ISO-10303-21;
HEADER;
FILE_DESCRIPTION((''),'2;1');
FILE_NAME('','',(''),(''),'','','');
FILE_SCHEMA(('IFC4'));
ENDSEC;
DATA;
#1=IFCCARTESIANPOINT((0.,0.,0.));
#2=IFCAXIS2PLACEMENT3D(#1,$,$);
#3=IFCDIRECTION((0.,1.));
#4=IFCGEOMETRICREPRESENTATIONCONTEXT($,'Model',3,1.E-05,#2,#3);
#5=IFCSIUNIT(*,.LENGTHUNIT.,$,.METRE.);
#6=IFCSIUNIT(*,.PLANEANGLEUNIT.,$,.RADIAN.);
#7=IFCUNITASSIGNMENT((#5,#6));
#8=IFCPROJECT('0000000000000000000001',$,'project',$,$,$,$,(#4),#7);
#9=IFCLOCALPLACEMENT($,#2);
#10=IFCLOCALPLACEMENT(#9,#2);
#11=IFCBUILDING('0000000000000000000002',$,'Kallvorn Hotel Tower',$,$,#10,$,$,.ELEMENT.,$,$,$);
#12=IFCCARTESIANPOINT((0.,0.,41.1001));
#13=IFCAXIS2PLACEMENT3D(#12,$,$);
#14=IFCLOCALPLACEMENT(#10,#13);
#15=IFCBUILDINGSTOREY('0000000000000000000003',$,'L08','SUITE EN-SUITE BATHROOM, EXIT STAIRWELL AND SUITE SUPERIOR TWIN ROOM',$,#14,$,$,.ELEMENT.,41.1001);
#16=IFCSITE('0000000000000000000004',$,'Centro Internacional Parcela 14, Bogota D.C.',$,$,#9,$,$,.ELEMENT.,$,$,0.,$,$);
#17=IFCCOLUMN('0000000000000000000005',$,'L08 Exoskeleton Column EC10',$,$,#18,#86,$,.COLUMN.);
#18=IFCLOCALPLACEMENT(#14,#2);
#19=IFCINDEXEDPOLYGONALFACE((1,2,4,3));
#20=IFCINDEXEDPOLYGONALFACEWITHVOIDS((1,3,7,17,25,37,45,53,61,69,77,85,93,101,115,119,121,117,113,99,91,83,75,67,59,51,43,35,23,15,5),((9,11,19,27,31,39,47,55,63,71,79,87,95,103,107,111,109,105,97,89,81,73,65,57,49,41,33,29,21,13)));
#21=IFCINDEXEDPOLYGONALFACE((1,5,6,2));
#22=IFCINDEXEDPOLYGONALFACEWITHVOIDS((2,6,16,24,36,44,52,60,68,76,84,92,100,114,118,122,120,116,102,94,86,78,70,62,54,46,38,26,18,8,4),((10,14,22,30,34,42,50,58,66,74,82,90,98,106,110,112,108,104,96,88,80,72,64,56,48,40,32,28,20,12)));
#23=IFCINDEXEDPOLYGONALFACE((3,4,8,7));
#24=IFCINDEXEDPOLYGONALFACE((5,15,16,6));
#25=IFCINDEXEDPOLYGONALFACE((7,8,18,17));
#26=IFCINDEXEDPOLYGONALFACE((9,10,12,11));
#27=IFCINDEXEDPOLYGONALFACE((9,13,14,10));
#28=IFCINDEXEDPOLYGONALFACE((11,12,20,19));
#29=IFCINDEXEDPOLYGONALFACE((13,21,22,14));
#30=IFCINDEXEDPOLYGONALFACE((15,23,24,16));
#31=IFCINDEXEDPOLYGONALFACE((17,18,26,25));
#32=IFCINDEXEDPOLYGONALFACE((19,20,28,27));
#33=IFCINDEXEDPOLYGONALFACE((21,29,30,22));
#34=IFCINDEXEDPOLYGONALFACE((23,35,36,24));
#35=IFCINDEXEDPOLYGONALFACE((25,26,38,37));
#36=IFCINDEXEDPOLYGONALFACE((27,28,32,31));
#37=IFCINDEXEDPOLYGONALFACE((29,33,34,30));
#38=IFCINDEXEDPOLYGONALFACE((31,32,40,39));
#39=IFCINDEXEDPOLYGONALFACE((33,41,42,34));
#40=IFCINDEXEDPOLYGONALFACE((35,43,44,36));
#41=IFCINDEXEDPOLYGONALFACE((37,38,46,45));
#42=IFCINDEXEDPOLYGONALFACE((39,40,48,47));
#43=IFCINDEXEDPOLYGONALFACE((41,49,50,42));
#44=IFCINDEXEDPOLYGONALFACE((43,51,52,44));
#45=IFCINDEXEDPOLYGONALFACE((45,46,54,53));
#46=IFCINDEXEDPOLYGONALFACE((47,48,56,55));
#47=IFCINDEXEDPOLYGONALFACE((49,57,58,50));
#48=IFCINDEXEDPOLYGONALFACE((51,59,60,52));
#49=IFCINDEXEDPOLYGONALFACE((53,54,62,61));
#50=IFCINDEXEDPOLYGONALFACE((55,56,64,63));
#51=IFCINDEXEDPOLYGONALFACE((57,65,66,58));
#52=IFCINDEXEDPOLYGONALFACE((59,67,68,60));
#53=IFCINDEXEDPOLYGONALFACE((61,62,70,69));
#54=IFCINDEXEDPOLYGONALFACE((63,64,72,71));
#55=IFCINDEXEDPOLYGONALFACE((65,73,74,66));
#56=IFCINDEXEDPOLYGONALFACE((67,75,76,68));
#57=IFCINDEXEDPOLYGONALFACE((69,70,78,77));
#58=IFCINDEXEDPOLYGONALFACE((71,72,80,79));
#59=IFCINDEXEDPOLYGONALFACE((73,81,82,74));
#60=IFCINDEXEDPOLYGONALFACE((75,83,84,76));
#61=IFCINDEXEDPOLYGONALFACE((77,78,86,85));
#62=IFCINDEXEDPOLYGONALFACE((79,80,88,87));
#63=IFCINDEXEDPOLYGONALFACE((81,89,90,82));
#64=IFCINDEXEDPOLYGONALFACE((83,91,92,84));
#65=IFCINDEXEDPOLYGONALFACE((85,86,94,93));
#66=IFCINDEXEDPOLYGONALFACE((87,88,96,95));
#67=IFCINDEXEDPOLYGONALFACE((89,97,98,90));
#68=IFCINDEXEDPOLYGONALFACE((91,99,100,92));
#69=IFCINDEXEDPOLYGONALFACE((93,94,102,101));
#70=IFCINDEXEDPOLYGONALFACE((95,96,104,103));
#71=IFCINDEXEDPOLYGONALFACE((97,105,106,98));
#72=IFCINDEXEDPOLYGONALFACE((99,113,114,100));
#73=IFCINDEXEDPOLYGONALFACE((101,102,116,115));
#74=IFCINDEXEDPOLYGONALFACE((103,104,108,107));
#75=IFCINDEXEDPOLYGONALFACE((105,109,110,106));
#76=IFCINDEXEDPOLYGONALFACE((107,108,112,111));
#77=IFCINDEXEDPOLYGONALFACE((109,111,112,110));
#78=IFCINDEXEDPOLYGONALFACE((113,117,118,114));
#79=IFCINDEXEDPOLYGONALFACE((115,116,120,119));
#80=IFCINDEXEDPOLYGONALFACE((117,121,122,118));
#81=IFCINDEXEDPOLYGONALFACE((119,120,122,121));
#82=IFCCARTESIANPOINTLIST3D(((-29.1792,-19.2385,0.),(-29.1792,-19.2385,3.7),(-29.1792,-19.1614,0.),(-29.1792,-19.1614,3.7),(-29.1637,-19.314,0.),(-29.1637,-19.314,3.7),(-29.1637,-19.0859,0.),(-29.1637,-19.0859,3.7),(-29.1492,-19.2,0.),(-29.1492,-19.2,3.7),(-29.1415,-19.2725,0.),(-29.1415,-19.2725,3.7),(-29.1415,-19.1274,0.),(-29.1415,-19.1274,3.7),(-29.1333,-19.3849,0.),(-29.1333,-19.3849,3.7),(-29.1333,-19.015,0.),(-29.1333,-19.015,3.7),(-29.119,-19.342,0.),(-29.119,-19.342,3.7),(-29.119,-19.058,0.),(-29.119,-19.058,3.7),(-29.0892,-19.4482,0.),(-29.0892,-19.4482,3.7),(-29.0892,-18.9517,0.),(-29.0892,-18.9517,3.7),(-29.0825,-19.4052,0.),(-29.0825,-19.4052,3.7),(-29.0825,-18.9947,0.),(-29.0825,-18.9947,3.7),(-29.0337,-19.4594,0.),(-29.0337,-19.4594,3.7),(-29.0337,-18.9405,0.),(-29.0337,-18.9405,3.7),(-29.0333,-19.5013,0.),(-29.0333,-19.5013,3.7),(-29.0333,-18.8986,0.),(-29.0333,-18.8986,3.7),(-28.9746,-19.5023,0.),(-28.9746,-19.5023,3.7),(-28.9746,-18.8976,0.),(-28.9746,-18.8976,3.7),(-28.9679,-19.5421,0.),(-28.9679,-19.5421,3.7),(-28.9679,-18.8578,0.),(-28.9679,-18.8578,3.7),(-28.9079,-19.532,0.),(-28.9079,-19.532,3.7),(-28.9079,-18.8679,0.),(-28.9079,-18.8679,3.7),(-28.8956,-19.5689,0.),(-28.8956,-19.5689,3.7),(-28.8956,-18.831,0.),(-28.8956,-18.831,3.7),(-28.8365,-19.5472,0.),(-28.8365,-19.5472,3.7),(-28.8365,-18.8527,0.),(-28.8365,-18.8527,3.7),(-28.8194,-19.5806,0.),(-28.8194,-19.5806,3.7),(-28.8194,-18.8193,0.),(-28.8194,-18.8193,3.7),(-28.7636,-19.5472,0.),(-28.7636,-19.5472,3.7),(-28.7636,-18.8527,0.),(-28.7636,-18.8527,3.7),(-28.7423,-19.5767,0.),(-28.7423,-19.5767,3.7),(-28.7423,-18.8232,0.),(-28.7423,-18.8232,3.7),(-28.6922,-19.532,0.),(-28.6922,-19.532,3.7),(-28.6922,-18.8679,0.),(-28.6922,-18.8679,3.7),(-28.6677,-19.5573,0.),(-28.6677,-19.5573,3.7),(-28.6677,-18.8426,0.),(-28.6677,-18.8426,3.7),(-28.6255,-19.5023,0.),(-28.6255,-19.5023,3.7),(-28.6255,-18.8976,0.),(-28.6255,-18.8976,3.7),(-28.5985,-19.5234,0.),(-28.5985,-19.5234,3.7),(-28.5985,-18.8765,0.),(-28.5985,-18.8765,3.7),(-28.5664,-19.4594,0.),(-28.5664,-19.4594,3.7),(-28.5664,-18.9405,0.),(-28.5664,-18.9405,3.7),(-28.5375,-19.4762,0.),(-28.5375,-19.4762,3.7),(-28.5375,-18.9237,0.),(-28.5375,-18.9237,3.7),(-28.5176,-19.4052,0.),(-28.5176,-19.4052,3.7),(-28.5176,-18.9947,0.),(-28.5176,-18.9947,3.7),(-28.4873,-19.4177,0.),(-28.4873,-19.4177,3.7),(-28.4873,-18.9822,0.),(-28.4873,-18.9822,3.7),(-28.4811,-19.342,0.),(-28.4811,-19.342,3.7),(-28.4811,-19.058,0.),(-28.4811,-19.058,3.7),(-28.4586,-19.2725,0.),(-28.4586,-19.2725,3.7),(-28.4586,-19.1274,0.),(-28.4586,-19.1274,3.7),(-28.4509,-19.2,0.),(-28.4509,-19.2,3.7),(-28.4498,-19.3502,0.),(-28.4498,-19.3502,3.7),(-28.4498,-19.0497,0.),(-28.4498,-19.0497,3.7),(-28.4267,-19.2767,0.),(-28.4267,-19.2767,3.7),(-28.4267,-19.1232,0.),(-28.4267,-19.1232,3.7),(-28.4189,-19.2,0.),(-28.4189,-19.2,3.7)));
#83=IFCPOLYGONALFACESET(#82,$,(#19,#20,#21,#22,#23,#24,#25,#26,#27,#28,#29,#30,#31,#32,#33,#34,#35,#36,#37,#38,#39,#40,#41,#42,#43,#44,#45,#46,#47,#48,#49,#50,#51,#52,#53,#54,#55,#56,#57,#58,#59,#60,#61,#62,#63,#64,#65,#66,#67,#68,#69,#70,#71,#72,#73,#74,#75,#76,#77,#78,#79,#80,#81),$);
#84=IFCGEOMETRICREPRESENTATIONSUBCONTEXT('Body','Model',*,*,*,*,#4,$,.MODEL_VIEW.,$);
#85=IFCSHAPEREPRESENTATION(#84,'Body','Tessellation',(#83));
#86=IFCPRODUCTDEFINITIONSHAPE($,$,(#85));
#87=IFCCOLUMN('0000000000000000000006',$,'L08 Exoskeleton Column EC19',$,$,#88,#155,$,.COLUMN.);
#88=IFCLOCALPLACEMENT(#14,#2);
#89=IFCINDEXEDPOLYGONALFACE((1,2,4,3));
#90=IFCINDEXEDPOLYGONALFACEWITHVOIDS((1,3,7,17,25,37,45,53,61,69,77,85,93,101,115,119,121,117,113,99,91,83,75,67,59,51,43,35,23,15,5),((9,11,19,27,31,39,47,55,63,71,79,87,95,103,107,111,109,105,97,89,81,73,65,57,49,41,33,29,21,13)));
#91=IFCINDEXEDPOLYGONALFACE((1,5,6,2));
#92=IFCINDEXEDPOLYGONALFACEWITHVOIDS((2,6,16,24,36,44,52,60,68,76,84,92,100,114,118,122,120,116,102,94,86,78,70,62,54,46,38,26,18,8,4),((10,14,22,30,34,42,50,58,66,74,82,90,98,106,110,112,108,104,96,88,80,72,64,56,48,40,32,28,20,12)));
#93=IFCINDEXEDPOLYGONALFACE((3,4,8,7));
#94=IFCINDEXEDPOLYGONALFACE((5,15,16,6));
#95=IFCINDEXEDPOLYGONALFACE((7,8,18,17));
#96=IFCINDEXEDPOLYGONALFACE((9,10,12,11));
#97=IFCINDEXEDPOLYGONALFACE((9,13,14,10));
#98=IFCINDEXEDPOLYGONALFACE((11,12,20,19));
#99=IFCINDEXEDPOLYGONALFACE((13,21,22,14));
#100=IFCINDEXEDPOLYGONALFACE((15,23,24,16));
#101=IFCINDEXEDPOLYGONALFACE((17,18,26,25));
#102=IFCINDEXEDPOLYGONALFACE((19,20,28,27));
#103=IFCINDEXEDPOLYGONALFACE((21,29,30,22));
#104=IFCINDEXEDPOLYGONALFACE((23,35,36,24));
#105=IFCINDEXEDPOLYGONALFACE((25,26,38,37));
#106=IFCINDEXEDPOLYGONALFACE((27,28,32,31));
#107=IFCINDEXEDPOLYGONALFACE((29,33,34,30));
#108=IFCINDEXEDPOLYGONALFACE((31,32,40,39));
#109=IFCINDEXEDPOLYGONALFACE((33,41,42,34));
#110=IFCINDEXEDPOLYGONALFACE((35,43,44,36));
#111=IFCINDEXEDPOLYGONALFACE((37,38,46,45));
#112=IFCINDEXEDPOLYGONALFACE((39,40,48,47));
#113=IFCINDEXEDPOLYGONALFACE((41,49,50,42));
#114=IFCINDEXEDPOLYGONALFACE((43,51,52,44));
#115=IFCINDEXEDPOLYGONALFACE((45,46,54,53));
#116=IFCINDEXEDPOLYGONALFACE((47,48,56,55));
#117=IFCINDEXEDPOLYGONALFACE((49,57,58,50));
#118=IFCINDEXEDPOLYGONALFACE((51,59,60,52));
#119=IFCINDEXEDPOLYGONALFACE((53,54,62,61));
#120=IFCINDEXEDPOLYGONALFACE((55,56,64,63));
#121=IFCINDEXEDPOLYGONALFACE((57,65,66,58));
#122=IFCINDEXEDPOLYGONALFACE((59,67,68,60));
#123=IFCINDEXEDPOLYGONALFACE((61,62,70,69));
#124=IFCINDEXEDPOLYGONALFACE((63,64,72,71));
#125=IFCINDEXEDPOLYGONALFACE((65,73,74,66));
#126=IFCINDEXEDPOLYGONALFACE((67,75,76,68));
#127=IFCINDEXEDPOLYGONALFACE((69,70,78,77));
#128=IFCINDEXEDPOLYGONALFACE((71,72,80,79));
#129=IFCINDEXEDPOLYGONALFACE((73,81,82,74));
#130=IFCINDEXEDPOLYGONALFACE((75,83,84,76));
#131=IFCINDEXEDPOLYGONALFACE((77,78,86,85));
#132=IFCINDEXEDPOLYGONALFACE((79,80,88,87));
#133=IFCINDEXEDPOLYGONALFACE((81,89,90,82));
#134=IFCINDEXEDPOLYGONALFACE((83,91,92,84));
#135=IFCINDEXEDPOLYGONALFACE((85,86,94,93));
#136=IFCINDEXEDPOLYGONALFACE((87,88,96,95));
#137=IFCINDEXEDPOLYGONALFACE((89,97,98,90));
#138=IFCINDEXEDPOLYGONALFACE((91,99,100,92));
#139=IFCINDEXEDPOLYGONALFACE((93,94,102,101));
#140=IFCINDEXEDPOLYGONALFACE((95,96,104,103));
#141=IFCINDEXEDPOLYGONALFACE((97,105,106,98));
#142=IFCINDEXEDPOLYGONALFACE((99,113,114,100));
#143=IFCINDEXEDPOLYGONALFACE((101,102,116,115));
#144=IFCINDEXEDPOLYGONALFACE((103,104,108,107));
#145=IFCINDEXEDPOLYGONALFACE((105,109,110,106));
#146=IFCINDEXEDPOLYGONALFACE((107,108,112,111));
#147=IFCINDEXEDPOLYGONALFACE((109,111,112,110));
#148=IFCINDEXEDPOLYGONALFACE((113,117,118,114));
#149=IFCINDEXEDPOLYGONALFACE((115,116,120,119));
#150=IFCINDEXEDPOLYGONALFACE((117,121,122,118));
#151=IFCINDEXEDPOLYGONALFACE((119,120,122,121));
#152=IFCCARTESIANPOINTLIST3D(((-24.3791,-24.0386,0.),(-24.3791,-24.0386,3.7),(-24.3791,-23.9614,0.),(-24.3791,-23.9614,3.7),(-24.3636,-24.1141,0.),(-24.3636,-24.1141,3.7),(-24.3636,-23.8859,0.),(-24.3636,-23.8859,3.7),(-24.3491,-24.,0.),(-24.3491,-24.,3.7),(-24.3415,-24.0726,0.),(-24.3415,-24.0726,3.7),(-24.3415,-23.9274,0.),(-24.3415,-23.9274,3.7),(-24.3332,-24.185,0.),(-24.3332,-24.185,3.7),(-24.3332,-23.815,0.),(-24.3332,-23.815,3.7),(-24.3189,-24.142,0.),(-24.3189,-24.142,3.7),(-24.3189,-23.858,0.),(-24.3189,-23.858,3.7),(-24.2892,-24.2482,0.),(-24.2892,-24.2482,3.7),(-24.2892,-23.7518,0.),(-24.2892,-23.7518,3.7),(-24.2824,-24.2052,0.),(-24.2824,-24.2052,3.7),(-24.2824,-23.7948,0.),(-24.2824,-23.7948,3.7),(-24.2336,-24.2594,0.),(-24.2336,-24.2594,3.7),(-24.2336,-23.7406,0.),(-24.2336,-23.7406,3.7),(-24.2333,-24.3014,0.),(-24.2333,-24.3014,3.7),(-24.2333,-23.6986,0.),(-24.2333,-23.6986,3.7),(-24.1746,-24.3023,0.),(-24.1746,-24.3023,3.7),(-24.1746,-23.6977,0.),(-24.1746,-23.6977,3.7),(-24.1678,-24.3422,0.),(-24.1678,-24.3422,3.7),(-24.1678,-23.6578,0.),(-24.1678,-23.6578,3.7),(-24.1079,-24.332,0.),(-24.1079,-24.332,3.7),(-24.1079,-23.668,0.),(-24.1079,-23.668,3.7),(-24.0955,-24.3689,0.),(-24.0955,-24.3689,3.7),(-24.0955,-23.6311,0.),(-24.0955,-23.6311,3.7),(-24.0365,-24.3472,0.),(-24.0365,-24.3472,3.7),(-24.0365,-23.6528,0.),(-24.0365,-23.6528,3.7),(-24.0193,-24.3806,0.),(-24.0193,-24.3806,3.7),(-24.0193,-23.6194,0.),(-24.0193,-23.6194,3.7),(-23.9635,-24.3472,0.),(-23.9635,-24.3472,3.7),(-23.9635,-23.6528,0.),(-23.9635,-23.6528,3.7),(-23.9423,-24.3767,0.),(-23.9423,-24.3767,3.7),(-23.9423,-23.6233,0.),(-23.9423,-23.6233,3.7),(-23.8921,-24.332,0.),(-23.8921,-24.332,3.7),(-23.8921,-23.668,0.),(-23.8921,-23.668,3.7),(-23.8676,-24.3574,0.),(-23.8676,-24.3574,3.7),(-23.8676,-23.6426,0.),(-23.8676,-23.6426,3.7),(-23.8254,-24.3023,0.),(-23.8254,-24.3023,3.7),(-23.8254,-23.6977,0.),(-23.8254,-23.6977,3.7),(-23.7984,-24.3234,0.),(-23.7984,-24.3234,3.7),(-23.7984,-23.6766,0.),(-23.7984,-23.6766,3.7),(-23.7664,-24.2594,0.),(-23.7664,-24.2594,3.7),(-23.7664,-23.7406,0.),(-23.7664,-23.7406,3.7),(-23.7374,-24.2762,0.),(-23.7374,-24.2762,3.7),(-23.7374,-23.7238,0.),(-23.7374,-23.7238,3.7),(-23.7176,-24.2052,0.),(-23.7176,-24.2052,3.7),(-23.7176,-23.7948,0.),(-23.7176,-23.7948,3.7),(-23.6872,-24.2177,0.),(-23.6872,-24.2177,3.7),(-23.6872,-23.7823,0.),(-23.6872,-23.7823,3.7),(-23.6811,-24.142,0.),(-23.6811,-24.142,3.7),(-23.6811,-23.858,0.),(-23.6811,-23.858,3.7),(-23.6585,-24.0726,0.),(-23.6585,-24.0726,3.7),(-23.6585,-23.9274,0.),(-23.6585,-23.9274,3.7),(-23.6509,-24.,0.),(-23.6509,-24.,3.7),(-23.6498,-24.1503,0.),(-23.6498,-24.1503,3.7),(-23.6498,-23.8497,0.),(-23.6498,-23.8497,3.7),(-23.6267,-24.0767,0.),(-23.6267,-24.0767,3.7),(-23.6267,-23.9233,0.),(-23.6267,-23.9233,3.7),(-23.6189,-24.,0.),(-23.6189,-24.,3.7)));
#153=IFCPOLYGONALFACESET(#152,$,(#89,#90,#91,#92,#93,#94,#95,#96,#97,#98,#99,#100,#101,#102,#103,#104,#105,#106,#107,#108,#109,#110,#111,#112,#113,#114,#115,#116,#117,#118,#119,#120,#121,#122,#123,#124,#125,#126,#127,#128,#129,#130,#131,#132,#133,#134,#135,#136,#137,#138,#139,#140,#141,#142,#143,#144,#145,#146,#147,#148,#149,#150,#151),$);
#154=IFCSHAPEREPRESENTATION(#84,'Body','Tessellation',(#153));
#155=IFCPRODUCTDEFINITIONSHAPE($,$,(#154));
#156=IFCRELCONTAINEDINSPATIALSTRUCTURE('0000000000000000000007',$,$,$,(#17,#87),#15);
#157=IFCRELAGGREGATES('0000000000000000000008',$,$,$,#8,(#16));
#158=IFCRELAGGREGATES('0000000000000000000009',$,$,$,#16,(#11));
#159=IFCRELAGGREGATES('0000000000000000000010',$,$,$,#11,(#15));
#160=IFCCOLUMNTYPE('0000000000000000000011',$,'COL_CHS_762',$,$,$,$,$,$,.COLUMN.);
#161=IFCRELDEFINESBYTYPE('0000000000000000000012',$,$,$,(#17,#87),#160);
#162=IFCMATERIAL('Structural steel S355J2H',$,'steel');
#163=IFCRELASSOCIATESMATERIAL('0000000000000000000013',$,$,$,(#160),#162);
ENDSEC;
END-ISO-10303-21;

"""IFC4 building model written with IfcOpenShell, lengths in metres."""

from ifc_helpers import new_model, si_unit, direction, frame, origin, origin_2d, place, context, subcontext, project, spatial, hollow_circle, extrude, material, material_profile, profile_set, type_object, element, save


model = new_model("IFC4")

# Units and contexts
model_context = context("Model", 3, precision=1e-05, world=origin(), true_north=direction((0.0, 1.0)))
body_context = subcontext(model_context, "Body", "Model", "MODEL_VIEW")
ifc_project = project(units=[si_unit("LENGTHUNIT", "METRE"), si_unit("PLANEANGLEUNIT", "RADIAN")], contexts=[model_context])

# Site, building, storey
site_placement = place(None, origin())
site = spatial("IfcSite", under=ifc_project, at=site_placement, Name="Centro Internacional Parcela 14, Bogota D.C.", CompositionType="ELEMENT", RefElevation=0.0)
building_placement = place(site_placement, origin())
building = spatial("IfcBuilding", under=site, at=building_placement, Name="Kallvorn Hotel Tower", CompositionType="ELEMENT")
storey_placement = place(building_placement, frame((0.0, 0.0, 41.1001)))
storey = spatial("IfcBuildingStorey", under=building, at=storey_placement, Name="L08", Description="SUITE EN-SUITE BATHROOM, EXIT STAIRWELL AND SUITE SUPERIOR TWIN ROOM", CompositionType="ELEMENT", Elevation=41.1001)

# Columns
ifc_material_1 = material(Name="Structural steel S355J2H", Category="steel")
ifc_material_profile_1 = material_profile(ifc_material_1, hollow_circle(Radius=0.3811, WallThickness=0.032, at=origin_2d()), Name="CHS 762x32")
ifc_profile_set_1 = profile_set([ifc_material_profile_1], Name="Structural steel S355J2H")
column_type = type_object("IfcColumnType", Name="COL_CHS_762", PredefinedType="COLUMN", material=ifc_profile_set_1)
for number, where, z_axis, x_axis, name in (
    (1, (-28.8, -19.2, 0.0), (0.0, 0.0, 1.0), (1.0, 0.0, 0.0), "L08 Exoskeleton Column EC10"),
    (2, (-24.0, -24.0, 0.0), (0.0, 0.0, 1.0), (1.0, 0.0, 0.0), "L08 Exoskeleton Column EC19"),
):
    element("IfcColumn", number, at=place(storey_placement, frame(where, z_axis=z_axis, x_axis=x_axis)), inside=storey, type_object=column_type, Name=name, PredefinedType="COLUMN", context=body_context, shape_type="SweptSolid", body=[
        extrude(hollow_circle(Radius=0.3811, WallThickness=0.032, at=origin_2d()), origin(), (0.0, 0.0, 1.0), 3.7),
    ])

save(model, "model.ifc")
